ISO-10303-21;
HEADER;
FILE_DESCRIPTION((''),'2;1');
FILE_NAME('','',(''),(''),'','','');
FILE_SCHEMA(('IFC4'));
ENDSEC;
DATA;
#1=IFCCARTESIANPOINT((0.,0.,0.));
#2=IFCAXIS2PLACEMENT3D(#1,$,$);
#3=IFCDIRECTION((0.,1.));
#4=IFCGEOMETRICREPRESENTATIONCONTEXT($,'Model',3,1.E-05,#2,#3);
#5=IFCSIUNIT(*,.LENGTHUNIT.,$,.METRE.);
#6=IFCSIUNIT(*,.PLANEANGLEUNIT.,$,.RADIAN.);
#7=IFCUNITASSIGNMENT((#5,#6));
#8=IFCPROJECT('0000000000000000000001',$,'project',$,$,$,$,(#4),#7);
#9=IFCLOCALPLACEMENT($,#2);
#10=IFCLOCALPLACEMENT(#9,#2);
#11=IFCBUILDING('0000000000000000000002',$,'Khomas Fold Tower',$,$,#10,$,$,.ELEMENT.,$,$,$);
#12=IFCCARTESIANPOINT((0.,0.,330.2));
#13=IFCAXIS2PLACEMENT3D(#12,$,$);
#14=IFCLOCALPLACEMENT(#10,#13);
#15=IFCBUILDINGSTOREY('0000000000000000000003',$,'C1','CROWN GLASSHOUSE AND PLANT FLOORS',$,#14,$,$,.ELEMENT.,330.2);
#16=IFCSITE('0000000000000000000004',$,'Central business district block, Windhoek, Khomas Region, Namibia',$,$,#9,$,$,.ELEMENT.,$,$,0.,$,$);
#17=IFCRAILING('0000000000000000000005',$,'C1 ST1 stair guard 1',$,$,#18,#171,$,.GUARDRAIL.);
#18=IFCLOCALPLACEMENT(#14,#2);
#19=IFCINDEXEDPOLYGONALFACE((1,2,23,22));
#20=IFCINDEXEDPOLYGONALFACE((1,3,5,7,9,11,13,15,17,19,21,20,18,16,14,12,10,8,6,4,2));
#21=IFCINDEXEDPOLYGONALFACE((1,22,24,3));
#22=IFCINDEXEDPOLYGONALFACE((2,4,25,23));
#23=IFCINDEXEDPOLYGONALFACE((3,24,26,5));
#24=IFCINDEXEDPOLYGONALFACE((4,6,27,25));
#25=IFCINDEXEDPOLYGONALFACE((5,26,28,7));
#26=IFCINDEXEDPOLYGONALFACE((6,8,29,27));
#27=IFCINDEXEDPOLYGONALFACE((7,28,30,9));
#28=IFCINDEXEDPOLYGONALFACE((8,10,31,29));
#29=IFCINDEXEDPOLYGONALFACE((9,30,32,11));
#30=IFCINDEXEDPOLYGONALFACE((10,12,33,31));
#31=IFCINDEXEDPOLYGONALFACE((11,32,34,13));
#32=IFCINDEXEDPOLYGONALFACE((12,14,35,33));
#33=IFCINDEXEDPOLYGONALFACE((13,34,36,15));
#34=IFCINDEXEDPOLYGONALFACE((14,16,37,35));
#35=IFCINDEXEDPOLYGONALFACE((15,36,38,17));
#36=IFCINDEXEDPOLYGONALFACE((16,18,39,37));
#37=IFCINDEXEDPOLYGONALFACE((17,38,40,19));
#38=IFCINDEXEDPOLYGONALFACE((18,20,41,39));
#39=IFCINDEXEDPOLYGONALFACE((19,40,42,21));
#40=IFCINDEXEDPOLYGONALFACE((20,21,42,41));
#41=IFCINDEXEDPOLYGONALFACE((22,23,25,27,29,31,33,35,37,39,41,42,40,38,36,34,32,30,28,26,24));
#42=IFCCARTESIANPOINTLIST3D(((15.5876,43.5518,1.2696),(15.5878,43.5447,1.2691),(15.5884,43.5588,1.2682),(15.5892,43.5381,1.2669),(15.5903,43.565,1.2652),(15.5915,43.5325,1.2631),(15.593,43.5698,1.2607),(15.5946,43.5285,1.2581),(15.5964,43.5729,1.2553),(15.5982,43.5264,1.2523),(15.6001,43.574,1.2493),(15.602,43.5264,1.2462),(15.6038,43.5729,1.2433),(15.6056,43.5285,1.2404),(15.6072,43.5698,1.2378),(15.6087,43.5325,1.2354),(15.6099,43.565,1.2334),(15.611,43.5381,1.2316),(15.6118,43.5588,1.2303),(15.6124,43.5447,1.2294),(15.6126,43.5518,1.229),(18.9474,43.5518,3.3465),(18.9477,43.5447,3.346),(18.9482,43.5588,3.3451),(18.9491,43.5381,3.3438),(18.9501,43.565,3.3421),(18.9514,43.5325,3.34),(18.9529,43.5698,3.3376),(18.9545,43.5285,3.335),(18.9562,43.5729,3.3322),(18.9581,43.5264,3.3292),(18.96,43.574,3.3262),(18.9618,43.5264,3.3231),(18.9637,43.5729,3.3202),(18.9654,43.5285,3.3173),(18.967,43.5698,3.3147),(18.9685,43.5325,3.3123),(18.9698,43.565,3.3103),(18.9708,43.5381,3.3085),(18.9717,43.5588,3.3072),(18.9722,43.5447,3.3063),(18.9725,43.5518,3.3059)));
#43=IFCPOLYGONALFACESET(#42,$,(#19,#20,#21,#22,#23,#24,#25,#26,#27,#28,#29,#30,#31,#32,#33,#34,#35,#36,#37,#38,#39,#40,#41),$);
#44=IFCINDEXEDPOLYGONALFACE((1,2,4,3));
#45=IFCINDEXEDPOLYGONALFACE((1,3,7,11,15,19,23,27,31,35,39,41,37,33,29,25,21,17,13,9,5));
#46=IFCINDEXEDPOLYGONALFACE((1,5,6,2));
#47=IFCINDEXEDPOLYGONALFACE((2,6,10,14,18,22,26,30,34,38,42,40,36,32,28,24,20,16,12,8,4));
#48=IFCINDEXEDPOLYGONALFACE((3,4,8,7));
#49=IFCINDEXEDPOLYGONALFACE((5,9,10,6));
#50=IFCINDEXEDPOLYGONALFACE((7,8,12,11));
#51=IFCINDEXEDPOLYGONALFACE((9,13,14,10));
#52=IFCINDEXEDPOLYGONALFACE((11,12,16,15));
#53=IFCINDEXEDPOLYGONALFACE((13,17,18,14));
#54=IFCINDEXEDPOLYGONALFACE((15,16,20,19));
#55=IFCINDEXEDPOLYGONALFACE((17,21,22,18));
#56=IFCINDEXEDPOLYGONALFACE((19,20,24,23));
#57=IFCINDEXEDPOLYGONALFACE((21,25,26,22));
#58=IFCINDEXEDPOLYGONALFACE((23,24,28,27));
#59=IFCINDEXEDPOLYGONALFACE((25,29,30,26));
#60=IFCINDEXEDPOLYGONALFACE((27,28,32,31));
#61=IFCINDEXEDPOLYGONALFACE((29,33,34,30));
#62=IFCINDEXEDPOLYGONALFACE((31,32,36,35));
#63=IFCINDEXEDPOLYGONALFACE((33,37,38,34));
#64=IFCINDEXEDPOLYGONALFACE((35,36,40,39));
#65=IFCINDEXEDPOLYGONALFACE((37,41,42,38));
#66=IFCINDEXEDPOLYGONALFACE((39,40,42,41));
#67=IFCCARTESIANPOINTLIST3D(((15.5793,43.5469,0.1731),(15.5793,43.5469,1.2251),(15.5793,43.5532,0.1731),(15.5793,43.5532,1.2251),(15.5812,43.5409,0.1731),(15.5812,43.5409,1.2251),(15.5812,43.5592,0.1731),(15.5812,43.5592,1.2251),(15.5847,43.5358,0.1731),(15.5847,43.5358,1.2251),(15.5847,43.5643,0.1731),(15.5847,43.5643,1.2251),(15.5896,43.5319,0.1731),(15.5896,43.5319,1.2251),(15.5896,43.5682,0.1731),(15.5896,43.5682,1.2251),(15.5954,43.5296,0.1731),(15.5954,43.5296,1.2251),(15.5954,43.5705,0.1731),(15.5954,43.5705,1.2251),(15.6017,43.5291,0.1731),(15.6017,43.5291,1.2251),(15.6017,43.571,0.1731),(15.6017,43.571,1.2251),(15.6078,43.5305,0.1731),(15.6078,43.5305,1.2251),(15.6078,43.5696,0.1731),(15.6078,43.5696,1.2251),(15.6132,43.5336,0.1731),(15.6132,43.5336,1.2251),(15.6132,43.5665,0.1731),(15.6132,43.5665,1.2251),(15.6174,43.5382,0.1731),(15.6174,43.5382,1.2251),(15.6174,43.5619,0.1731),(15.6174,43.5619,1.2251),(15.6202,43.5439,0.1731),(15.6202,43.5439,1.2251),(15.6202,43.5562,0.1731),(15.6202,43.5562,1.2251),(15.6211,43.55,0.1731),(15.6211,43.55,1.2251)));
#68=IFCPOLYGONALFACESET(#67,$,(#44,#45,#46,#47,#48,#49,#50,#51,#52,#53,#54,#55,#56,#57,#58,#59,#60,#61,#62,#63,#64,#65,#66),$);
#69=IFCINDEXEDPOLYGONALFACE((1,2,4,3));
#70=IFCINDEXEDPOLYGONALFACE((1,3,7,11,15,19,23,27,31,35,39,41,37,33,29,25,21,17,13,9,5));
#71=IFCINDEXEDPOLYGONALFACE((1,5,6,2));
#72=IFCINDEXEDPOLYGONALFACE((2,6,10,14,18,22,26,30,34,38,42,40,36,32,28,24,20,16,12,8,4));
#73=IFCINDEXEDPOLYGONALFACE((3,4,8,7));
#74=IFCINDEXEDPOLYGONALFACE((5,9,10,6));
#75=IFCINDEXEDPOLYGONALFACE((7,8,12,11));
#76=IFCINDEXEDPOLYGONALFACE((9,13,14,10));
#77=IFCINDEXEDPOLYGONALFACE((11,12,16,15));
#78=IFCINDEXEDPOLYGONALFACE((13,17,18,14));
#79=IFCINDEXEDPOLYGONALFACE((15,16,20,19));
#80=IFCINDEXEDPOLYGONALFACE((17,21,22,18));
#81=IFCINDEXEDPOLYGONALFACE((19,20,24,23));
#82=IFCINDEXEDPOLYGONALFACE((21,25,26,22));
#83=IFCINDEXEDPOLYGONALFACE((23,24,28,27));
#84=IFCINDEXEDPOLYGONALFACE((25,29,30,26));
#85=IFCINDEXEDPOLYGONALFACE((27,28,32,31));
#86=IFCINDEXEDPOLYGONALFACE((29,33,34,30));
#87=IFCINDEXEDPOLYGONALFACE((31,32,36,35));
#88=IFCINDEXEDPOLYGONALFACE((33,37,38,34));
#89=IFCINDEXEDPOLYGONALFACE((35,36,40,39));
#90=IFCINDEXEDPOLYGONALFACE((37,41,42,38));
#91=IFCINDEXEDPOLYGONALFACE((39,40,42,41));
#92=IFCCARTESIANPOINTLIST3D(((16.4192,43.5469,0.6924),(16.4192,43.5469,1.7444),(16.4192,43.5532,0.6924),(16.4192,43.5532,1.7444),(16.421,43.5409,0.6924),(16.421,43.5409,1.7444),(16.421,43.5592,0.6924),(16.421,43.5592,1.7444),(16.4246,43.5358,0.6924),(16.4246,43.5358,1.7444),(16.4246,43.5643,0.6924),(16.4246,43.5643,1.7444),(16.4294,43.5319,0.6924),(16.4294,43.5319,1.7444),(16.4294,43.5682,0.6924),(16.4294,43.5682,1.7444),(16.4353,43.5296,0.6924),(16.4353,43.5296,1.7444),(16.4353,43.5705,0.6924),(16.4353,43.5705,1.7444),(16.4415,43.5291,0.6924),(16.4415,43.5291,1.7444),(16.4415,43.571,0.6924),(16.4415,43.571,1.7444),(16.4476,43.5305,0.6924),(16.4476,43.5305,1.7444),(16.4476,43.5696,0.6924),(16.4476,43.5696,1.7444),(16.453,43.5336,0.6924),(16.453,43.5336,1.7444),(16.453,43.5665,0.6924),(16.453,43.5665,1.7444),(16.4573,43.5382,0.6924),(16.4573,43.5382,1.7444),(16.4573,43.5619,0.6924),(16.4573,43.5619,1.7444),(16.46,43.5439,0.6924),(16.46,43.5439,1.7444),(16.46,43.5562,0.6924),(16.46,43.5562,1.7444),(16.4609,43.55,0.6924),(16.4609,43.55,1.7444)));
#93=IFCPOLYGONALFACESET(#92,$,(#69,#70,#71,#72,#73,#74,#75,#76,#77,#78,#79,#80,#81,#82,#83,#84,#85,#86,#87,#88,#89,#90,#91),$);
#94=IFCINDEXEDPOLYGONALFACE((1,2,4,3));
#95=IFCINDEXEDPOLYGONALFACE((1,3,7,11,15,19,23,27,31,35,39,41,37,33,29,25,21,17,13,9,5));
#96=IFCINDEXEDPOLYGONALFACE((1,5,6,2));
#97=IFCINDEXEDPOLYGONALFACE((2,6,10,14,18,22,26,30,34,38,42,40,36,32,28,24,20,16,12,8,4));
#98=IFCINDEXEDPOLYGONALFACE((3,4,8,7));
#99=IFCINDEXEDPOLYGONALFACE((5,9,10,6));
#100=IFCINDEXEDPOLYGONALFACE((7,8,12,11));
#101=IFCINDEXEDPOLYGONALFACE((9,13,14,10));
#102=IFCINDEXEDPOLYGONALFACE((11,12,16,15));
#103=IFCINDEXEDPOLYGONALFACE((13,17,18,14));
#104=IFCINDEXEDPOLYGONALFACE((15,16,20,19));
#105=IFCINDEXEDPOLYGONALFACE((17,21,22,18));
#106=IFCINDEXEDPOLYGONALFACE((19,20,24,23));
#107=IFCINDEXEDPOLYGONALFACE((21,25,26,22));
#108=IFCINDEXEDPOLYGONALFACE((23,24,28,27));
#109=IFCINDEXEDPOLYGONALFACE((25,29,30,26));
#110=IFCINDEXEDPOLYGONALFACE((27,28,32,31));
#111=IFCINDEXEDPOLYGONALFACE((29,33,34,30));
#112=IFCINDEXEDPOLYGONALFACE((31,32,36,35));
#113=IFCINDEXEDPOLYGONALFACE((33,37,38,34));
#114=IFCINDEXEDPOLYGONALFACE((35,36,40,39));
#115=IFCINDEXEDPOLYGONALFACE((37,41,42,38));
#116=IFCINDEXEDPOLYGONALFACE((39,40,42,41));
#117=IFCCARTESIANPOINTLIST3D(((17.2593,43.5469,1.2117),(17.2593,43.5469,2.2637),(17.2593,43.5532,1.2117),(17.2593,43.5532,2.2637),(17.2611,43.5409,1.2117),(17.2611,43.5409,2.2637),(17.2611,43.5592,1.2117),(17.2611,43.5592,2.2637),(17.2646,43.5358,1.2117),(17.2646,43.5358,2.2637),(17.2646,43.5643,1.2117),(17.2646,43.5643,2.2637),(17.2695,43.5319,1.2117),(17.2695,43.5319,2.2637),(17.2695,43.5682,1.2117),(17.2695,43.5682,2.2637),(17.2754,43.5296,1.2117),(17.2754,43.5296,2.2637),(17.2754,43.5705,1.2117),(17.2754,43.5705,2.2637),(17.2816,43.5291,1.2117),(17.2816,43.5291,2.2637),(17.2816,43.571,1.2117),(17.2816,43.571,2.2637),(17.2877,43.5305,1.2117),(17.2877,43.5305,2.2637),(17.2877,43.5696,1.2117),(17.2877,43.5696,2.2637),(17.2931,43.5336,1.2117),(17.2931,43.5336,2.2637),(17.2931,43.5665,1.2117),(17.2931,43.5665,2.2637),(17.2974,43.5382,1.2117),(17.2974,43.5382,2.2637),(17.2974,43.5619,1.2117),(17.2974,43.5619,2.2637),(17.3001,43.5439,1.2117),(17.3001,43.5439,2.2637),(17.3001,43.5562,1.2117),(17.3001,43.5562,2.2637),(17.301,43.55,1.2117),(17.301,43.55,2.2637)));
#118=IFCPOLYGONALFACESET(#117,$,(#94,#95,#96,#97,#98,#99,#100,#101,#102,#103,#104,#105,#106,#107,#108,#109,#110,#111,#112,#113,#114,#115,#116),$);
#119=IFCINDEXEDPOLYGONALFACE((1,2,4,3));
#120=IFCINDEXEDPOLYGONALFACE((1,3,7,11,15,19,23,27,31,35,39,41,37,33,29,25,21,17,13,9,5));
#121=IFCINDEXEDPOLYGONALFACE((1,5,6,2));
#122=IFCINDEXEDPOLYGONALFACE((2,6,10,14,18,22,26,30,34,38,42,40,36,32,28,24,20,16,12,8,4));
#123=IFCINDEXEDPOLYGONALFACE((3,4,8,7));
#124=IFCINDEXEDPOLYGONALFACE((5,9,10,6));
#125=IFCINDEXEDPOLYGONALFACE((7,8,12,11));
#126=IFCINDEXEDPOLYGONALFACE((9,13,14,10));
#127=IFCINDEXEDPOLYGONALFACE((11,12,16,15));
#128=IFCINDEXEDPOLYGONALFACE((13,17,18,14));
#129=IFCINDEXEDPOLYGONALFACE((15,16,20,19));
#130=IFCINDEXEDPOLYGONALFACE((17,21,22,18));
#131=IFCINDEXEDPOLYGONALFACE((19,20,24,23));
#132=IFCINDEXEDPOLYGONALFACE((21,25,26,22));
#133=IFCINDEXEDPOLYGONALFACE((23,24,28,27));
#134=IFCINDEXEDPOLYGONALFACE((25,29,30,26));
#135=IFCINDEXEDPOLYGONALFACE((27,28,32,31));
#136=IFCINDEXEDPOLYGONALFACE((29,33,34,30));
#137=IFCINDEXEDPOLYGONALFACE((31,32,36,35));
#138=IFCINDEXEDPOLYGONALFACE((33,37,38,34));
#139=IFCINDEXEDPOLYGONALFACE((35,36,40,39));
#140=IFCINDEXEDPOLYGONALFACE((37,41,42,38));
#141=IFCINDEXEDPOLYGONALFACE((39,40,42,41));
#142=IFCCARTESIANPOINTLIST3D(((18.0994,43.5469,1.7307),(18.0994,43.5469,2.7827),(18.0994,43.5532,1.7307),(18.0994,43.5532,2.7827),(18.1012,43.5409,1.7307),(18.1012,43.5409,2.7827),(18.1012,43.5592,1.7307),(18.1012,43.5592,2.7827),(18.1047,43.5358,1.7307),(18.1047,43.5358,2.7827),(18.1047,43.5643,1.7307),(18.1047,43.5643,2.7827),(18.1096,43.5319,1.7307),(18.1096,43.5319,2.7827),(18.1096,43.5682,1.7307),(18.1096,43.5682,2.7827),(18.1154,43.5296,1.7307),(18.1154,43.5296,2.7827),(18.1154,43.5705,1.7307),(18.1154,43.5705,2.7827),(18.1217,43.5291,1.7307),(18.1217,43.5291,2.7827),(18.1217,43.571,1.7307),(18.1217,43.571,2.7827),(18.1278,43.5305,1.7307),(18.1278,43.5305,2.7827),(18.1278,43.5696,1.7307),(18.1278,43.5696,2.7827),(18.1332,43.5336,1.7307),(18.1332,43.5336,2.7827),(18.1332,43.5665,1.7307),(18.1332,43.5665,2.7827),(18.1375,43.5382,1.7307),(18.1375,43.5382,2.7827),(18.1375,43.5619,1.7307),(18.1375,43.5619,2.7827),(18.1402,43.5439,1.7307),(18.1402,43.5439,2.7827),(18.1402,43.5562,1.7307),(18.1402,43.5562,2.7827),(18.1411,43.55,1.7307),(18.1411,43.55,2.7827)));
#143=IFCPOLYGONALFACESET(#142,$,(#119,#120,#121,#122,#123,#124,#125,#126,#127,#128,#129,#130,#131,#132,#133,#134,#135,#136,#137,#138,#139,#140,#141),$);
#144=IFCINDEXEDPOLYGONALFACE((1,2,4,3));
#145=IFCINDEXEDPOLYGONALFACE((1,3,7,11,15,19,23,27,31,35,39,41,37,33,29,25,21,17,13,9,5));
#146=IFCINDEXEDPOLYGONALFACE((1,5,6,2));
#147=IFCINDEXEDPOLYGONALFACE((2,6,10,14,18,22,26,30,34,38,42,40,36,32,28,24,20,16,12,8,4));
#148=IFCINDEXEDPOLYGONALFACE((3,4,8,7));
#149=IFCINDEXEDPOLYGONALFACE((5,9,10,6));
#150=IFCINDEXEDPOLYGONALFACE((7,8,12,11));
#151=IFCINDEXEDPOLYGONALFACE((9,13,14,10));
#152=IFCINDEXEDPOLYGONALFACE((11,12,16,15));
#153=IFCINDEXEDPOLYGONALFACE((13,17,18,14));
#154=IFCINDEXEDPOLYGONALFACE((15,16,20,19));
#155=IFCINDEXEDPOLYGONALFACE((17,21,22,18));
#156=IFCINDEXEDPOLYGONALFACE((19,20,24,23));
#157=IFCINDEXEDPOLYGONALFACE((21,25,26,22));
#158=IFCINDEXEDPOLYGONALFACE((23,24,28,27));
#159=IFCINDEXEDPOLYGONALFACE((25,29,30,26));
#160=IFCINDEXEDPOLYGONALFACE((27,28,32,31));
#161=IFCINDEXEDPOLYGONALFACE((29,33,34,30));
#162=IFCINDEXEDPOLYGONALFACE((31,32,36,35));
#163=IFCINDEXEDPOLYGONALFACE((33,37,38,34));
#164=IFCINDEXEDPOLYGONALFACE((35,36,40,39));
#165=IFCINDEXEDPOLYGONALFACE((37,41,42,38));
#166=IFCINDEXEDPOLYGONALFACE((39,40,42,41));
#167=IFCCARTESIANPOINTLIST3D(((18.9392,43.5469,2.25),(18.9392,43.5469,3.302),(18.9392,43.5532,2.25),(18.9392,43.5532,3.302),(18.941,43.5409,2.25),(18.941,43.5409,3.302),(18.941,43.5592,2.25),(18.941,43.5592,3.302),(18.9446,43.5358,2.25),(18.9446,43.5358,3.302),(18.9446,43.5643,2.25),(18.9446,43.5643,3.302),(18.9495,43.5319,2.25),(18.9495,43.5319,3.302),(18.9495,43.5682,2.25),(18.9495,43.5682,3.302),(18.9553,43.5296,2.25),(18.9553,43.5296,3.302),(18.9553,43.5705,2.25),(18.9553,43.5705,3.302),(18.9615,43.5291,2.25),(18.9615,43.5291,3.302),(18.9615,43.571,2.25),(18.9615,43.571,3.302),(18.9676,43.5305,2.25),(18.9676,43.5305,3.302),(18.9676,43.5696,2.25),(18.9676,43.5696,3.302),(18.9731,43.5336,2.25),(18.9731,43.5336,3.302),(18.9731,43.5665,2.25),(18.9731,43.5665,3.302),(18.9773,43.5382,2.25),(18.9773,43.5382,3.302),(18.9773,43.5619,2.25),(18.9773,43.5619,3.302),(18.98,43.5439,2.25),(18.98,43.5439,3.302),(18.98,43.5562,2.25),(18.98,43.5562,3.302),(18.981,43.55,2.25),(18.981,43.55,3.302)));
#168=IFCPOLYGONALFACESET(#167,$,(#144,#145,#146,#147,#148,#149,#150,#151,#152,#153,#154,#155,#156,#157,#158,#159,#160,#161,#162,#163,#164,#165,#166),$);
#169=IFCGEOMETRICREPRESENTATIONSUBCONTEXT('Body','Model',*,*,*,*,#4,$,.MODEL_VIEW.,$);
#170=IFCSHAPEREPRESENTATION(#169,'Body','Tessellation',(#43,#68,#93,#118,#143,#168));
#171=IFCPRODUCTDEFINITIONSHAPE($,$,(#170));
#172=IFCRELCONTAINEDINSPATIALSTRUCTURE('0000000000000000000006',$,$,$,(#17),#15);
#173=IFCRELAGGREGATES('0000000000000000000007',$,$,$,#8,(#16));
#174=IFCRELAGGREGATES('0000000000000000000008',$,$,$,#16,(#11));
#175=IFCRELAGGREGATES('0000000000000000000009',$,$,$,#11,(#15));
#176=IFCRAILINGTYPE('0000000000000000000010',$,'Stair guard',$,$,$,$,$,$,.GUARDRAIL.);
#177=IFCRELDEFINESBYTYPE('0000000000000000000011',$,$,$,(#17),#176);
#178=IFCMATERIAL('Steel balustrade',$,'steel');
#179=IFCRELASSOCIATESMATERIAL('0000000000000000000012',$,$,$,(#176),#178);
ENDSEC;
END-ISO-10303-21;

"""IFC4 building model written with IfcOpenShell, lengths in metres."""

from ifc_helpers import new_model, si_unit, direction, frame, origin, origin_2d, place, context, subcontext, project, spatial, circle, extrude, source, transform, mapped, material, type_object, element, save


model = new_model("IFC4")

# Units and contexts
model_context = context("Model", 3, precision=1e-05, world=origin(), true_north=direction((0.0, 1.0)))
body_context = subcontext(model_context, "Body", "Model", "MODEL_VIEW")
ifc_project = project(units=[si_unit("LENGTHUNIT", "METRE"), si_unit("PLANEANGLEUNIT", "RADIAN")], contexts=[model_context])

# Site, building, storey
site_placement = place(None, origin())
site = spatial("IfcSite", under=ifc_project, at=site_placement, Name="Central business district block, Windhoek, Khomas Region, Namibia", CompositionType="ELEMENT", RefElevation=0.0)
building_placement = place(site_placement, origin())
building = spatial("IfcBuilding", under=site, at=building_placement, Name="Khomas Fold Tower", CompositionType="ELEMENT")
storey_placement = place(building_placement, frame((0.0, 0.0, 330.2)))
storey = spatial("IfcBuildingStorey", under=building, at=storey_placement, Name="C1", Description="CROWN GLASSHOUSE AND PLANT FLOORS", CompositionType="ELEMENT", Elevation=330.2)

# Railing
ifc_material_1 = material(Name="Steel balustrade", Category="steel")
railing_type_1 = type_object("IfcRailingType", Name="Stair guard", PredefinedType="GUARDRAIL", material=ifc_material_1)
shared_shape_1 = source(origin(), body_context, "Body", "SweptSolid", [
    extrude(circle(Radius=0.0239, at=origin_2d()), frame((0.0, 0.0, 1.0762), z_axis=(0.850606, 0.0, 0.525803), x_axis=(0.0, 1.0, 0.0)), (0.0, 0.0, 1.0), 3.95),
    extrude(circle(Radius=0.021, at=origin_2d()), origin(), (0.0, 0.0, 1.0), 1.052),
    extrude(circle(Radius=0.021, at=origin_2d()), frame((0.8398, 0.0, 0.5193)), (0.0, 0.0, 1.0), 1.052),
    extrude(circle(Radius=0.021, at=origin_2d()), frame((1.6799, 0.0, 1.0386)), (0.0, 0.0, 1.0), 1.052),
    extrude(circle(Radius=0.021, at=origin_2d()), frame((2.52, 0.0, 1.5576)), (0.0, 0.0, 1.0), 1.052),
    extrude(circle(Radius=0.021, at=origin_2d()), frame((3.3599, 0.0, 2.0769)), (0.0, 0.0, 1.0), 1.052),
])
railing_1_placement = place(storey_placement, frame((15.6001, 43.55, 0.1731)))
element("IfcRailing", 1, at=railing_1_placement, inside=storey, type_object=railing_type_1, Name="C1 ST1 stair guard 1", PredefinedType="GUARDRAIL", context=body_context, shape_type="MappedRepresentation", body=[
    mapped(shared_shape_1, transform((0.0, 0.0, 0.0))),
])

save(model, "model.ifc")
